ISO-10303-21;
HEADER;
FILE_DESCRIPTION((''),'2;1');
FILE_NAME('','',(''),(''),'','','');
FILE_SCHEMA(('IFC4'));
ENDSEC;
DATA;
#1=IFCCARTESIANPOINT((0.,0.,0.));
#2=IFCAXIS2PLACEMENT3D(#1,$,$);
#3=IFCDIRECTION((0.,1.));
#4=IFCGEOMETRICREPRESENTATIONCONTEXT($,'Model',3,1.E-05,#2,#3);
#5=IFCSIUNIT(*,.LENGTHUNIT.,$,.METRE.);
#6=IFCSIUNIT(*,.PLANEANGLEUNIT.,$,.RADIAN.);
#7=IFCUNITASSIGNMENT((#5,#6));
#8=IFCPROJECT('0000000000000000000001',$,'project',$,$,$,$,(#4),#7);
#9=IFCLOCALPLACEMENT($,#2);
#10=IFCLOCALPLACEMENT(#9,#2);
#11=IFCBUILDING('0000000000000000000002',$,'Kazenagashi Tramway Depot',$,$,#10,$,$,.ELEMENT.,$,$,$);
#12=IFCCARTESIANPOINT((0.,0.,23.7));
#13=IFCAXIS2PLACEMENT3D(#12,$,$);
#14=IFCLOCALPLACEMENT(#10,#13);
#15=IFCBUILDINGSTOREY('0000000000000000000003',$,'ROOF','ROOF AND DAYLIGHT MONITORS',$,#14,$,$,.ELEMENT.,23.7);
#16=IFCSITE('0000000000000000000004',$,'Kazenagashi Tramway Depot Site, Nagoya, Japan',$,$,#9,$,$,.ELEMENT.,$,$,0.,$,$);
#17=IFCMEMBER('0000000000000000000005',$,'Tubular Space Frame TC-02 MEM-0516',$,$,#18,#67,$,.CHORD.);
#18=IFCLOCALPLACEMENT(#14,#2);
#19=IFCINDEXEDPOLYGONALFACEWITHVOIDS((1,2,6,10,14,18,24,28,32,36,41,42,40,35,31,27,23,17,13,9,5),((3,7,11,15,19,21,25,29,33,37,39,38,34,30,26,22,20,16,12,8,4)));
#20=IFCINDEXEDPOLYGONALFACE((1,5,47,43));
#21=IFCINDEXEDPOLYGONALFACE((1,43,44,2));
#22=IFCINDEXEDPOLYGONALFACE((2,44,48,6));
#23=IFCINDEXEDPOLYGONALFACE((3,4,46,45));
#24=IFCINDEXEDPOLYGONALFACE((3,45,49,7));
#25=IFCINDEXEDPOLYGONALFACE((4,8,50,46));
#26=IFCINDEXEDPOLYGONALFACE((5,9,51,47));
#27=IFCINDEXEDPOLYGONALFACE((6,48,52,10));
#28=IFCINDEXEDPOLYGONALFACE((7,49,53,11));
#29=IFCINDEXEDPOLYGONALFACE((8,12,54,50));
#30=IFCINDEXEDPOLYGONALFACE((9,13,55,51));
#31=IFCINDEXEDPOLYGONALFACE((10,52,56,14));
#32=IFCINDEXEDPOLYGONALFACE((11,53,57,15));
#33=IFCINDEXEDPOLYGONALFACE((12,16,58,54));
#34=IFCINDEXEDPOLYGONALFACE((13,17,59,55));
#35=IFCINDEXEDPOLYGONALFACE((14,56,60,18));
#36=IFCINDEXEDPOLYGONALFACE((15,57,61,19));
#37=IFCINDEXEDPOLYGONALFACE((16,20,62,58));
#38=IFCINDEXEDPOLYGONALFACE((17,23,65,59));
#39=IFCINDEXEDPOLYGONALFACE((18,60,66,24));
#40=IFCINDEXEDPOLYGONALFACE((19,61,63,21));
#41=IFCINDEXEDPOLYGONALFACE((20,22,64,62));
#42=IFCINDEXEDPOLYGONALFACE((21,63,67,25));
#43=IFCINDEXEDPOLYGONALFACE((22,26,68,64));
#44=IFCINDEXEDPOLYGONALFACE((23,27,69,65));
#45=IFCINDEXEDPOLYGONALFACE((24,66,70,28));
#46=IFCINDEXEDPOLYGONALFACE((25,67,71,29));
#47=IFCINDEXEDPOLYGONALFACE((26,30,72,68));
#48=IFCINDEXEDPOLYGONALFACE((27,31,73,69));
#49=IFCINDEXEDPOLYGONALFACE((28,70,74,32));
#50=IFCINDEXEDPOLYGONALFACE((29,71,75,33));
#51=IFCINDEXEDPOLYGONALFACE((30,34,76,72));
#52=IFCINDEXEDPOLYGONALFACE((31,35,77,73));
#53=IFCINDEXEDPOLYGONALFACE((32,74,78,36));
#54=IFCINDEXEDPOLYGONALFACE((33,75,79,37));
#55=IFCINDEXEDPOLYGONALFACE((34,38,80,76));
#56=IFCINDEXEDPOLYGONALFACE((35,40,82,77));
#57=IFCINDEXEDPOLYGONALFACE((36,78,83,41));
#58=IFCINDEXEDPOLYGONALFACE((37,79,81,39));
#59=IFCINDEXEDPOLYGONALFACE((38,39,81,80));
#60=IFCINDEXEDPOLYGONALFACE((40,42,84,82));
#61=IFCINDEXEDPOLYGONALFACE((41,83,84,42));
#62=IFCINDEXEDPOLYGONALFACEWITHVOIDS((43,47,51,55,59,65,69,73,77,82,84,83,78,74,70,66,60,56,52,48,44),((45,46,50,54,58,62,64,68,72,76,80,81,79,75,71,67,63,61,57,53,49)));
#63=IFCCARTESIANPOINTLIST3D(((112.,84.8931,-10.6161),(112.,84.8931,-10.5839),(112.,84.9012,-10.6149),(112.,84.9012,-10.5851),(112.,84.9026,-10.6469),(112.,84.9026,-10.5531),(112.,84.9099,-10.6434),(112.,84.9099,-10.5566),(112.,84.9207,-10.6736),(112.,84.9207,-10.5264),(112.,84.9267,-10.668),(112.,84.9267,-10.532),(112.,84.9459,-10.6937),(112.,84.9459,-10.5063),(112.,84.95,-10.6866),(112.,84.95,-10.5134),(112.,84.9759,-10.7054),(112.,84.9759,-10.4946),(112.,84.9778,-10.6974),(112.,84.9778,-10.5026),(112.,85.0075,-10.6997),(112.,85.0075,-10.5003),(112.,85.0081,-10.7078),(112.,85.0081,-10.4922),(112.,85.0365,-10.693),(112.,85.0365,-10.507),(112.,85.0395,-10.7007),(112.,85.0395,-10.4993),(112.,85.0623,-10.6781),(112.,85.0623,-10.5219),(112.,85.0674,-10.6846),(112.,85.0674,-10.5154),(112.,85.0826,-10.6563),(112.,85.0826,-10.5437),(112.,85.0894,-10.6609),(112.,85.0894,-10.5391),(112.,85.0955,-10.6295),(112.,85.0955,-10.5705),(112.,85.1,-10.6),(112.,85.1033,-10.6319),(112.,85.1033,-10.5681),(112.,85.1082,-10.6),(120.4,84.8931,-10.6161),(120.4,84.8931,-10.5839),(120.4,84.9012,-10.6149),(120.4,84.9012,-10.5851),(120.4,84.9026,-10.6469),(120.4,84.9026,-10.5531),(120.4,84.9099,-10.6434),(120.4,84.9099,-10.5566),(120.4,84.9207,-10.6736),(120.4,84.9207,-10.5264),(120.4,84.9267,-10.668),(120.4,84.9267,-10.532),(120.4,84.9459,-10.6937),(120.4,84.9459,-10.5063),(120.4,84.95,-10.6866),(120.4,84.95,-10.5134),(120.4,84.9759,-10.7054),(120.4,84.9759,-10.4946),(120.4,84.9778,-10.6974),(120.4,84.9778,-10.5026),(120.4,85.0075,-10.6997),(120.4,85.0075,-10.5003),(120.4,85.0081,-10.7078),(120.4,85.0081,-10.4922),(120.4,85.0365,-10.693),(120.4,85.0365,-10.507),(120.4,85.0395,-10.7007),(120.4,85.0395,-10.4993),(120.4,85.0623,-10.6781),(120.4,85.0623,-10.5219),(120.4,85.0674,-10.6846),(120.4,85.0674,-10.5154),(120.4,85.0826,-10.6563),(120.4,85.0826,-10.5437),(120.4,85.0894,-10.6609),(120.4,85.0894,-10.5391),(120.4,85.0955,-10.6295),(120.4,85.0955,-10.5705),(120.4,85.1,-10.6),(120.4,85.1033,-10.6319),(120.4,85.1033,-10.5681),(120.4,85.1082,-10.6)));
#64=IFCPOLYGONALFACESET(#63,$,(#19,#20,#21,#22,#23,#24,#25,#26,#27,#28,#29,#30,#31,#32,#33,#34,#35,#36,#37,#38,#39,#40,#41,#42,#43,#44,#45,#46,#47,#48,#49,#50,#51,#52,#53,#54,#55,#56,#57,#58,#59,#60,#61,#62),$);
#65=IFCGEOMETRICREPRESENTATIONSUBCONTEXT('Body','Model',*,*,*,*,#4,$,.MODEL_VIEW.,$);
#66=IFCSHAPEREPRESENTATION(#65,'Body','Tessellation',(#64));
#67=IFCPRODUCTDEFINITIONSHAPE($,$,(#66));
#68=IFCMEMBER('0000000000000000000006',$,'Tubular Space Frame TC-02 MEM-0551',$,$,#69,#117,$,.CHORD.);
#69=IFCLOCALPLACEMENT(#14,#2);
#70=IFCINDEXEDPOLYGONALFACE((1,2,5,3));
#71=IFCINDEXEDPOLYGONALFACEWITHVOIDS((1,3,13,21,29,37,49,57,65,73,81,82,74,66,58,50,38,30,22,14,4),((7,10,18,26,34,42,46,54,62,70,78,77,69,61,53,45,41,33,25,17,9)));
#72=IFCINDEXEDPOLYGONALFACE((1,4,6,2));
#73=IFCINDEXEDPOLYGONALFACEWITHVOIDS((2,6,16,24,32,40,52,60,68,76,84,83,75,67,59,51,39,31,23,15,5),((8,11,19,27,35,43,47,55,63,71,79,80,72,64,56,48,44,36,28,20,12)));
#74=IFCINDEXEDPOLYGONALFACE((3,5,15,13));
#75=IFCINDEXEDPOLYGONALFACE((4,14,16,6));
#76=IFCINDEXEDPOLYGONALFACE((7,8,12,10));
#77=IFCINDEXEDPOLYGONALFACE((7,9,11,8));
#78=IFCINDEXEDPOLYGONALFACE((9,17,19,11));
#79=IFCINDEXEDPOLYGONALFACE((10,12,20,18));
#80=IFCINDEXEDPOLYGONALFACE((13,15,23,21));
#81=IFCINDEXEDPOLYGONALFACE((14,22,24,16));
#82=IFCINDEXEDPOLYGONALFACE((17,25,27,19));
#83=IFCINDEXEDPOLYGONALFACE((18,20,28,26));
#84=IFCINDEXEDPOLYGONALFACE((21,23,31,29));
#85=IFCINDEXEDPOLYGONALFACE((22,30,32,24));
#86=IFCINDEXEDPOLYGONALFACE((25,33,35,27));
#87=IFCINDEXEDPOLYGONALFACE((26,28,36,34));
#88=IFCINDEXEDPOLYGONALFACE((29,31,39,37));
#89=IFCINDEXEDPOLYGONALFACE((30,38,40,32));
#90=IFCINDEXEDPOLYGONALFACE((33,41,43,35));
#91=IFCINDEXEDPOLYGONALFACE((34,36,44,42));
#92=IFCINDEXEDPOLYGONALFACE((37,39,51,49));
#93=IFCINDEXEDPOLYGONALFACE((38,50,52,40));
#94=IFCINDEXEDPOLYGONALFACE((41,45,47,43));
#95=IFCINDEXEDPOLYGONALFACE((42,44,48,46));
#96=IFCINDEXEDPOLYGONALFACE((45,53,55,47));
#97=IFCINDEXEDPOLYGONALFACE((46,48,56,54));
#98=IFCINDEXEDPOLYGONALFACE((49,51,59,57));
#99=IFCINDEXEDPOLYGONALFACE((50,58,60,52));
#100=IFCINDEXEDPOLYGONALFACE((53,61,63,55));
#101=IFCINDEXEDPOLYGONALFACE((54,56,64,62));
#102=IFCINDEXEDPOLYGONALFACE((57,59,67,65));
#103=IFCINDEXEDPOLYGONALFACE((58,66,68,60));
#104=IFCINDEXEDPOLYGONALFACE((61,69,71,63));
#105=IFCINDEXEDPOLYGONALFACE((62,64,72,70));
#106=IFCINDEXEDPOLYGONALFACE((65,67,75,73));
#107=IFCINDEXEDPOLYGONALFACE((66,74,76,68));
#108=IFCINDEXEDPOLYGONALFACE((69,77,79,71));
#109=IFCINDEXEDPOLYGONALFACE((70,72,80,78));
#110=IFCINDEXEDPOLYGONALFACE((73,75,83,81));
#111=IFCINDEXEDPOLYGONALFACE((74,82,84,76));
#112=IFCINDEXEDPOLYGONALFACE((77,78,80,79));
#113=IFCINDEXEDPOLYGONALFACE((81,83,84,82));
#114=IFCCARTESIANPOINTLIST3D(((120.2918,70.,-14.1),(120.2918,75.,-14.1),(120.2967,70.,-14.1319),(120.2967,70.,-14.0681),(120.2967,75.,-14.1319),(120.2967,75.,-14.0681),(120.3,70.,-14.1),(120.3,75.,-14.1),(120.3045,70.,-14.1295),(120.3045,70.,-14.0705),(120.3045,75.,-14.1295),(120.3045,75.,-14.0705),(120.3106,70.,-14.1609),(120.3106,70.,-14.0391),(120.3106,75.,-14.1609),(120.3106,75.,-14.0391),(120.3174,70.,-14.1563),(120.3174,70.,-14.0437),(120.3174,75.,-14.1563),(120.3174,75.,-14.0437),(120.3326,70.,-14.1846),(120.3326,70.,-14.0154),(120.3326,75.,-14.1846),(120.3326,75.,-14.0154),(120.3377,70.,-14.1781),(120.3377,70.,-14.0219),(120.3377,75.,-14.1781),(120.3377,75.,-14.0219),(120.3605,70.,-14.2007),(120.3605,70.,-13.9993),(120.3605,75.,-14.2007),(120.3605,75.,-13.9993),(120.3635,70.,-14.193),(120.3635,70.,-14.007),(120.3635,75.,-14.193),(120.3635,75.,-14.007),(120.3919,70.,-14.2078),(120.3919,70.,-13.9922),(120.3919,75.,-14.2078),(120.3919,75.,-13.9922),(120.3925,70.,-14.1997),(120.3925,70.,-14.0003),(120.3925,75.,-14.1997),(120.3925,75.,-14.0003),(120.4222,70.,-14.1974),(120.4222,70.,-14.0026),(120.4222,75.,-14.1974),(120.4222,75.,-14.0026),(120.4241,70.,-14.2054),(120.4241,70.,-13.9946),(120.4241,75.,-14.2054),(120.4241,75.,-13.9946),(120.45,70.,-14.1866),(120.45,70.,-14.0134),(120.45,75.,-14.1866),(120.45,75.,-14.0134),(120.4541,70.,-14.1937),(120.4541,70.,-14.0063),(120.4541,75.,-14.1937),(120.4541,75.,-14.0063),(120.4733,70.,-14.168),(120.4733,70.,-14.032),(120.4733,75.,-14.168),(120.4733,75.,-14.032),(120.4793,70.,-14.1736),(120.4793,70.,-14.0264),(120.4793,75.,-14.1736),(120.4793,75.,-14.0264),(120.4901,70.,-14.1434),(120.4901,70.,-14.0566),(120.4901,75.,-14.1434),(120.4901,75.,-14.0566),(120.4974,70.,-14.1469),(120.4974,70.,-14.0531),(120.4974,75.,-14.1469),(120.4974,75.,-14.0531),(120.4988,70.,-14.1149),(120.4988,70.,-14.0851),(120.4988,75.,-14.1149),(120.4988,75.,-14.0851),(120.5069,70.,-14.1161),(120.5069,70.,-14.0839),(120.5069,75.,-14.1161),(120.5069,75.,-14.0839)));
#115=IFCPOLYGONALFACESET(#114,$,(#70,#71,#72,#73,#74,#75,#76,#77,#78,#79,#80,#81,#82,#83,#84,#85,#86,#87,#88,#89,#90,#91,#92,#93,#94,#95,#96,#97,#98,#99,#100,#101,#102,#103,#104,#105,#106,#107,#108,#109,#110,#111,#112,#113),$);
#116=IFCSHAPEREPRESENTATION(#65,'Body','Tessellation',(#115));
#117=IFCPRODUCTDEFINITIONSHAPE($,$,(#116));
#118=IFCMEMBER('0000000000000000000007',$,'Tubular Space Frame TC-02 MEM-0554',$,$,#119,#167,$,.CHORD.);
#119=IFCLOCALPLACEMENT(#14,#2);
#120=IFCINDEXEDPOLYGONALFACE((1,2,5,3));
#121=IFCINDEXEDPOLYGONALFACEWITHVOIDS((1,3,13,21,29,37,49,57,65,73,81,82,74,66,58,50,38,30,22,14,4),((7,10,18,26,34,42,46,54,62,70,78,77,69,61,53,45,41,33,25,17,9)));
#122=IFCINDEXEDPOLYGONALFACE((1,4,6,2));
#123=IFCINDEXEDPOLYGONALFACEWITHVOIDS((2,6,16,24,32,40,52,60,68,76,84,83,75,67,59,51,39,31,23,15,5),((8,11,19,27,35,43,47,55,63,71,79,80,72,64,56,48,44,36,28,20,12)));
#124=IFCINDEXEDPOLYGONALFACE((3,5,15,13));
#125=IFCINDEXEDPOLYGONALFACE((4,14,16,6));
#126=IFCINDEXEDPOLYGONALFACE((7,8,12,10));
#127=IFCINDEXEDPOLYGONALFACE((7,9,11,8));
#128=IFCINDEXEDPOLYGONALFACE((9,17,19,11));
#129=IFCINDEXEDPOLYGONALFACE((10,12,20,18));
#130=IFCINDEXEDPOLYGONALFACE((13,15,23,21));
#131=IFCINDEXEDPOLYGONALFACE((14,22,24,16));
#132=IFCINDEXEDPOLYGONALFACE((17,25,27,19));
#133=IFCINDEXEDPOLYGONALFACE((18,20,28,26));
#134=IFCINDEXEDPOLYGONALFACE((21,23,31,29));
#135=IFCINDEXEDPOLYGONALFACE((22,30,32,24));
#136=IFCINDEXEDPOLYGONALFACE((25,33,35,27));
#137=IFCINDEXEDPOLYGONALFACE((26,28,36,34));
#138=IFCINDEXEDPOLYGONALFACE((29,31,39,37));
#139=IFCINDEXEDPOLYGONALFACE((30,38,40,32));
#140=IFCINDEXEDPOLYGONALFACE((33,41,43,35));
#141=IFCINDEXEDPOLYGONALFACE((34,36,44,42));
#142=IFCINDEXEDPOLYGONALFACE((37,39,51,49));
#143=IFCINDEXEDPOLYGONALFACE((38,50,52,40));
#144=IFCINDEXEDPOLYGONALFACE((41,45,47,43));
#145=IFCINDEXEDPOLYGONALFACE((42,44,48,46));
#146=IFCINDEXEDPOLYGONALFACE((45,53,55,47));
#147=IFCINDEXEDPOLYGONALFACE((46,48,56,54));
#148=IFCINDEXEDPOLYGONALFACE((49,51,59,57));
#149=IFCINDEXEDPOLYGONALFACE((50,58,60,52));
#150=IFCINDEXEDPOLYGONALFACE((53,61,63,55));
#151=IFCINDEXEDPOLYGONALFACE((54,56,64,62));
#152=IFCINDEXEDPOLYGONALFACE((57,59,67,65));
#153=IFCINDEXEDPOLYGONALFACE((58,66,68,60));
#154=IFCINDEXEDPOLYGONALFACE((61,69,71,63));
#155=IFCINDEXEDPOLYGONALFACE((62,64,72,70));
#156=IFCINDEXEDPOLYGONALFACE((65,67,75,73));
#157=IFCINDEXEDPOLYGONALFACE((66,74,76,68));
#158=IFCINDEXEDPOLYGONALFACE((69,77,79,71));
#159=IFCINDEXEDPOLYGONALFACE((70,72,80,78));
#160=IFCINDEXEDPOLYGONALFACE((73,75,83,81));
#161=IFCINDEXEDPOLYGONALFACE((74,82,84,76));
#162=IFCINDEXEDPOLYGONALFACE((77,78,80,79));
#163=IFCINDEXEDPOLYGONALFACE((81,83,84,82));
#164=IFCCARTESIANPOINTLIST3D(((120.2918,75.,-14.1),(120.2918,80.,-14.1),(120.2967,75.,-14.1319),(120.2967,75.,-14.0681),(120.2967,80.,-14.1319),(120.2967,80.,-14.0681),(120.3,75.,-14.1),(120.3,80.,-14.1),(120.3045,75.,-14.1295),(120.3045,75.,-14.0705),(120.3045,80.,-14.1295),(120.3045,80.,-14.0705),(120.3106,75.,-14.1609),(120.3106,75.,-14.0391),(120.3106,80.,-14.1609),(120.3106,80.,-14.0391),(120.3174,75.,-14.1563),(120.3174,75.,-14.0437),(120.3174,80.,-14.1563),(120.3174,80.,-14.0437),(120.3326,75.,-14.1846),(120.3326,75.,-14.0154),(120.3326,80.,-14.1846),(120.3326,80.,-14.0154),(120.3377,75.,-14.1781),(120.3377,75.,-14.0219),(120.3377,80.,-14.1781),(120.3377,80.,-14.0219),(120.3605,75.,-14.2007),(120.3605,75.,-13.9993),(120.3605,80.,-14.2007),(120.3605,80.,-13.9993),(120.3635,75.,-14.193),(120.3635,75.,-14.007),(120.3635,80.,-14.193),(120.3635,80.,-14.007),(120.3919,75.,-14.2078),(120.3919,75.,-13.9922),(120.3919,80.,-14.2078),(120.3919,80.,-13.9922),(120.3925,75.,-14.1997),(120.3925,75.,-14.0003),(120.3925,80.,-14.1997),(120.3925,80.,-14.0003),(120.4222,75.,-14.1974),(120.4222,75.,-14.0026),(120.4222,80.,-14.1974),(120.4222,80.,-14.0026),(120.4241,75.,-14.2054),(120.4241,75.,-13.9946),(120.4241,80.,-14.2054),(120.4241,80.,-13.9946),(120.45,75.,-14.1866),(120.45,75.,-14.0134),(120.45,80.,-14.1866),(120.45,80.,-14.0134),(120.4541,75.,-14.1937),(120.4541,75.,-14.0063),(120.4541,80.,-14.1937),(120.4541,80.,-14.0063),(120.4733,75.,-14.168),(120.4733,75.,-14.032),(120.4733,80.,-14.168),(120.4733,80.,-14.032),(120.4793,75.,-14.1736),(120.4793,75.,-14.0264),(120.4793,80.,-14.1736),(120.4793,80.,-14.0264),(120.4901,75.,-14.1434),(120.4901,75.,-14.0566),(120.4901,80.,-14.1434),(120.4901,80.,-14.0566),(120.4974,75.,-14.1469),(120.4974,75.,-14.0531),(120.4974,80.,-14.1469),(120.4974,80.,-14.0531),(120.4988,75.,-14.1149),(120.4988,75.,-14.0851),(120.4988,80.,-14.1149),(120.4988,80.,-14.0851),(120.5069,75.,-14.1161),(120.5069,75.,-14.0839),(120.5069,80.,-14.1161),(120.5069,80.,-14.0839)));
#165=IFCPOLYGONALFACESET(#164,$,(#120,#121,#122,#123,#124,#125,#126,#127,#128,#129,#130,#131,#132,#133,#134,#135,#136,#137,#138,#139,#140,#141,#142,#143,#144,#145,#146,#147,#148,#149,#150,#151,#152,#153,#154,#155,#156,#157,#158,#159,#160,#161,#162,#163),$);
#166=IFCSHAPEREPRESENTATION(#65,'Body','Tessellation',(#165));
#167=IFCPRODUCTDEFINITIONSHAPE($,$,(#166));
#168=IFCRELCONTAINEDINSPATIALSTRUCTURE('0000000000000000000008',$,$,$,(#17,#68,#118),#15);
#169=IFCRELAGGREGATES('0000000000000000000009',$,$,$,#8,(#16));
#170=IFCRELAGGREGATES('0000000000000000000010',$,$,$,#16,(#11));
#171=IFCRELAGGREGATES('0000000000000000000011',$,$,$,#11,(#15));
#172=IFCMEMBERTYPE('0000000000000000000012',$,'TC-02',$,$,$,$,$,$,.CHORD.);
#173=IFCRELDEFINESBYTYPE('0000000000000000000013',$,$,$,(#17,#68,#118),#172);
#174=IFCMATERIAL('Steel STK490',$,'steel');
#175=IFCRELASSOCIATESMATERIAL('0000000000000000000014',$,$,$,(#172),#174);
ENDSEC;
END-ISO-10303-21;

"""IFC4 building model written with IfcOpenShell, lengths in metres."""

from ifc_helpers import new_model, si_unit, direction, frame, origin, origin_2d, place, context, subcontext, project, spatial, hollow_circle, extrude, material, material_profile, profile_set, type_object, element, save


model = new_model("IFC4")

# Units and contexts
model_context = context("Model", 3, precision=1e-05, world=origin(), true_north=direction((0.0, 1.0)))
body_context = subcontext(model_context, "Body", "Model", "MODEL_VIEW")
ifc_project = project(units=[si_unit("LENGTHUNIT", "METRE"), si_unit("PLANEANGLEUNIT", "RADIAN")], contexts=[model_context])

# Site, building, storey
site_placement = place(None, origin())
site = spatial("IfcSite", under=ifc_project, at=site_placement, Name="Kazenagashi Tramway Depot Site, Nagoya, Japan", CompositionType="ELEMENT", RefElevation=0.0)
building_placement = place(site_placement, origin())
building = spatial("IfcBuilding", under=site, at=building_placement, Name="Kazenagashi Tramway Depot", CompositionType="ELEMENT")
storey_placement = place(building_placement, frame((0.0, 0.0, 23.7)))
storey = spatial("IfcBuildingStorey", under=building, at=storey_placement, Name="ROOF", Description="ROOF AND DAYLIGHT MONITORS", CompositionType="ELEMENT", Elevation=23.7)

# Members
ifc_material_1 = material(Name="Steel STK490", Category="steel")
ifc_material_profile_1 = material_profile(ifc_material_1, hollow_circle(Radius=0.1081, WallThickness=0.0082, at=origin_2d()), Name="CHS-216.3x8.2")
ifc_profile_set_1 = profile_set([ifc_material_profile_1], Name="Steel STK490")
member_type_1 = type_object("IfcMemberType", Name="TC-02", PredefinedType="CHORD", material=ifc_profile_set_1)
for number, where, z_axis, x_axis, name in (
    (1, (112.0, 85.0, -10.6), (1.0, 0.0, 0.0), (0.0, 1.0, 0.0), "Tubular Space Frame TC-02 MEM-0516"),
):
    element("IfcMember", number, at=place(storey_placement, frame(where, z_axis=z_axis, x_axis=x_axis)), inside=storey, type_object=member_type_1, Name=name, PredefinedType="CHORD", context=body_context, shape_type="SweptSolid", body=[
        extrude(hollow_circle(Radius=0.1081, WallThickness=0.0082, at=origin_2d()), origin(), (0.0, 0.0, 1.0), 8.4),
    ])
for number, where, z_axis, x_axis, name in (
    (2, (120.4, 70.0, -14.1), (0.0, 1.0, 0.0), (-1.0, 0.0, 0.0), "Tubular Space Frame TC-02 MEM-0551"),
    (3, (120.4, 75.0, -14.1), (0.0, 1.0, 0.0), (-1.0, 0.0, 0.0), "Tubular Space Frame TC-02 MEM-0554"),
):
    element("IfcMember", number, at=place(storey_placement, frame(where, z_axis=z_axis, x_axis=x_axis)), inside=storey, type_object=member_type_1, Name=name, PredefinedType="CHORD", context=body_context, shape_type="SweptSolid", body=[
        extrude(hollow_circle(Radius=0.1081, WallThickness=0.0082, at=origin_2d()), origin(), (0.0, 0.0, 1.0), 5.0),
    ])

save(model, "model.ifc")
